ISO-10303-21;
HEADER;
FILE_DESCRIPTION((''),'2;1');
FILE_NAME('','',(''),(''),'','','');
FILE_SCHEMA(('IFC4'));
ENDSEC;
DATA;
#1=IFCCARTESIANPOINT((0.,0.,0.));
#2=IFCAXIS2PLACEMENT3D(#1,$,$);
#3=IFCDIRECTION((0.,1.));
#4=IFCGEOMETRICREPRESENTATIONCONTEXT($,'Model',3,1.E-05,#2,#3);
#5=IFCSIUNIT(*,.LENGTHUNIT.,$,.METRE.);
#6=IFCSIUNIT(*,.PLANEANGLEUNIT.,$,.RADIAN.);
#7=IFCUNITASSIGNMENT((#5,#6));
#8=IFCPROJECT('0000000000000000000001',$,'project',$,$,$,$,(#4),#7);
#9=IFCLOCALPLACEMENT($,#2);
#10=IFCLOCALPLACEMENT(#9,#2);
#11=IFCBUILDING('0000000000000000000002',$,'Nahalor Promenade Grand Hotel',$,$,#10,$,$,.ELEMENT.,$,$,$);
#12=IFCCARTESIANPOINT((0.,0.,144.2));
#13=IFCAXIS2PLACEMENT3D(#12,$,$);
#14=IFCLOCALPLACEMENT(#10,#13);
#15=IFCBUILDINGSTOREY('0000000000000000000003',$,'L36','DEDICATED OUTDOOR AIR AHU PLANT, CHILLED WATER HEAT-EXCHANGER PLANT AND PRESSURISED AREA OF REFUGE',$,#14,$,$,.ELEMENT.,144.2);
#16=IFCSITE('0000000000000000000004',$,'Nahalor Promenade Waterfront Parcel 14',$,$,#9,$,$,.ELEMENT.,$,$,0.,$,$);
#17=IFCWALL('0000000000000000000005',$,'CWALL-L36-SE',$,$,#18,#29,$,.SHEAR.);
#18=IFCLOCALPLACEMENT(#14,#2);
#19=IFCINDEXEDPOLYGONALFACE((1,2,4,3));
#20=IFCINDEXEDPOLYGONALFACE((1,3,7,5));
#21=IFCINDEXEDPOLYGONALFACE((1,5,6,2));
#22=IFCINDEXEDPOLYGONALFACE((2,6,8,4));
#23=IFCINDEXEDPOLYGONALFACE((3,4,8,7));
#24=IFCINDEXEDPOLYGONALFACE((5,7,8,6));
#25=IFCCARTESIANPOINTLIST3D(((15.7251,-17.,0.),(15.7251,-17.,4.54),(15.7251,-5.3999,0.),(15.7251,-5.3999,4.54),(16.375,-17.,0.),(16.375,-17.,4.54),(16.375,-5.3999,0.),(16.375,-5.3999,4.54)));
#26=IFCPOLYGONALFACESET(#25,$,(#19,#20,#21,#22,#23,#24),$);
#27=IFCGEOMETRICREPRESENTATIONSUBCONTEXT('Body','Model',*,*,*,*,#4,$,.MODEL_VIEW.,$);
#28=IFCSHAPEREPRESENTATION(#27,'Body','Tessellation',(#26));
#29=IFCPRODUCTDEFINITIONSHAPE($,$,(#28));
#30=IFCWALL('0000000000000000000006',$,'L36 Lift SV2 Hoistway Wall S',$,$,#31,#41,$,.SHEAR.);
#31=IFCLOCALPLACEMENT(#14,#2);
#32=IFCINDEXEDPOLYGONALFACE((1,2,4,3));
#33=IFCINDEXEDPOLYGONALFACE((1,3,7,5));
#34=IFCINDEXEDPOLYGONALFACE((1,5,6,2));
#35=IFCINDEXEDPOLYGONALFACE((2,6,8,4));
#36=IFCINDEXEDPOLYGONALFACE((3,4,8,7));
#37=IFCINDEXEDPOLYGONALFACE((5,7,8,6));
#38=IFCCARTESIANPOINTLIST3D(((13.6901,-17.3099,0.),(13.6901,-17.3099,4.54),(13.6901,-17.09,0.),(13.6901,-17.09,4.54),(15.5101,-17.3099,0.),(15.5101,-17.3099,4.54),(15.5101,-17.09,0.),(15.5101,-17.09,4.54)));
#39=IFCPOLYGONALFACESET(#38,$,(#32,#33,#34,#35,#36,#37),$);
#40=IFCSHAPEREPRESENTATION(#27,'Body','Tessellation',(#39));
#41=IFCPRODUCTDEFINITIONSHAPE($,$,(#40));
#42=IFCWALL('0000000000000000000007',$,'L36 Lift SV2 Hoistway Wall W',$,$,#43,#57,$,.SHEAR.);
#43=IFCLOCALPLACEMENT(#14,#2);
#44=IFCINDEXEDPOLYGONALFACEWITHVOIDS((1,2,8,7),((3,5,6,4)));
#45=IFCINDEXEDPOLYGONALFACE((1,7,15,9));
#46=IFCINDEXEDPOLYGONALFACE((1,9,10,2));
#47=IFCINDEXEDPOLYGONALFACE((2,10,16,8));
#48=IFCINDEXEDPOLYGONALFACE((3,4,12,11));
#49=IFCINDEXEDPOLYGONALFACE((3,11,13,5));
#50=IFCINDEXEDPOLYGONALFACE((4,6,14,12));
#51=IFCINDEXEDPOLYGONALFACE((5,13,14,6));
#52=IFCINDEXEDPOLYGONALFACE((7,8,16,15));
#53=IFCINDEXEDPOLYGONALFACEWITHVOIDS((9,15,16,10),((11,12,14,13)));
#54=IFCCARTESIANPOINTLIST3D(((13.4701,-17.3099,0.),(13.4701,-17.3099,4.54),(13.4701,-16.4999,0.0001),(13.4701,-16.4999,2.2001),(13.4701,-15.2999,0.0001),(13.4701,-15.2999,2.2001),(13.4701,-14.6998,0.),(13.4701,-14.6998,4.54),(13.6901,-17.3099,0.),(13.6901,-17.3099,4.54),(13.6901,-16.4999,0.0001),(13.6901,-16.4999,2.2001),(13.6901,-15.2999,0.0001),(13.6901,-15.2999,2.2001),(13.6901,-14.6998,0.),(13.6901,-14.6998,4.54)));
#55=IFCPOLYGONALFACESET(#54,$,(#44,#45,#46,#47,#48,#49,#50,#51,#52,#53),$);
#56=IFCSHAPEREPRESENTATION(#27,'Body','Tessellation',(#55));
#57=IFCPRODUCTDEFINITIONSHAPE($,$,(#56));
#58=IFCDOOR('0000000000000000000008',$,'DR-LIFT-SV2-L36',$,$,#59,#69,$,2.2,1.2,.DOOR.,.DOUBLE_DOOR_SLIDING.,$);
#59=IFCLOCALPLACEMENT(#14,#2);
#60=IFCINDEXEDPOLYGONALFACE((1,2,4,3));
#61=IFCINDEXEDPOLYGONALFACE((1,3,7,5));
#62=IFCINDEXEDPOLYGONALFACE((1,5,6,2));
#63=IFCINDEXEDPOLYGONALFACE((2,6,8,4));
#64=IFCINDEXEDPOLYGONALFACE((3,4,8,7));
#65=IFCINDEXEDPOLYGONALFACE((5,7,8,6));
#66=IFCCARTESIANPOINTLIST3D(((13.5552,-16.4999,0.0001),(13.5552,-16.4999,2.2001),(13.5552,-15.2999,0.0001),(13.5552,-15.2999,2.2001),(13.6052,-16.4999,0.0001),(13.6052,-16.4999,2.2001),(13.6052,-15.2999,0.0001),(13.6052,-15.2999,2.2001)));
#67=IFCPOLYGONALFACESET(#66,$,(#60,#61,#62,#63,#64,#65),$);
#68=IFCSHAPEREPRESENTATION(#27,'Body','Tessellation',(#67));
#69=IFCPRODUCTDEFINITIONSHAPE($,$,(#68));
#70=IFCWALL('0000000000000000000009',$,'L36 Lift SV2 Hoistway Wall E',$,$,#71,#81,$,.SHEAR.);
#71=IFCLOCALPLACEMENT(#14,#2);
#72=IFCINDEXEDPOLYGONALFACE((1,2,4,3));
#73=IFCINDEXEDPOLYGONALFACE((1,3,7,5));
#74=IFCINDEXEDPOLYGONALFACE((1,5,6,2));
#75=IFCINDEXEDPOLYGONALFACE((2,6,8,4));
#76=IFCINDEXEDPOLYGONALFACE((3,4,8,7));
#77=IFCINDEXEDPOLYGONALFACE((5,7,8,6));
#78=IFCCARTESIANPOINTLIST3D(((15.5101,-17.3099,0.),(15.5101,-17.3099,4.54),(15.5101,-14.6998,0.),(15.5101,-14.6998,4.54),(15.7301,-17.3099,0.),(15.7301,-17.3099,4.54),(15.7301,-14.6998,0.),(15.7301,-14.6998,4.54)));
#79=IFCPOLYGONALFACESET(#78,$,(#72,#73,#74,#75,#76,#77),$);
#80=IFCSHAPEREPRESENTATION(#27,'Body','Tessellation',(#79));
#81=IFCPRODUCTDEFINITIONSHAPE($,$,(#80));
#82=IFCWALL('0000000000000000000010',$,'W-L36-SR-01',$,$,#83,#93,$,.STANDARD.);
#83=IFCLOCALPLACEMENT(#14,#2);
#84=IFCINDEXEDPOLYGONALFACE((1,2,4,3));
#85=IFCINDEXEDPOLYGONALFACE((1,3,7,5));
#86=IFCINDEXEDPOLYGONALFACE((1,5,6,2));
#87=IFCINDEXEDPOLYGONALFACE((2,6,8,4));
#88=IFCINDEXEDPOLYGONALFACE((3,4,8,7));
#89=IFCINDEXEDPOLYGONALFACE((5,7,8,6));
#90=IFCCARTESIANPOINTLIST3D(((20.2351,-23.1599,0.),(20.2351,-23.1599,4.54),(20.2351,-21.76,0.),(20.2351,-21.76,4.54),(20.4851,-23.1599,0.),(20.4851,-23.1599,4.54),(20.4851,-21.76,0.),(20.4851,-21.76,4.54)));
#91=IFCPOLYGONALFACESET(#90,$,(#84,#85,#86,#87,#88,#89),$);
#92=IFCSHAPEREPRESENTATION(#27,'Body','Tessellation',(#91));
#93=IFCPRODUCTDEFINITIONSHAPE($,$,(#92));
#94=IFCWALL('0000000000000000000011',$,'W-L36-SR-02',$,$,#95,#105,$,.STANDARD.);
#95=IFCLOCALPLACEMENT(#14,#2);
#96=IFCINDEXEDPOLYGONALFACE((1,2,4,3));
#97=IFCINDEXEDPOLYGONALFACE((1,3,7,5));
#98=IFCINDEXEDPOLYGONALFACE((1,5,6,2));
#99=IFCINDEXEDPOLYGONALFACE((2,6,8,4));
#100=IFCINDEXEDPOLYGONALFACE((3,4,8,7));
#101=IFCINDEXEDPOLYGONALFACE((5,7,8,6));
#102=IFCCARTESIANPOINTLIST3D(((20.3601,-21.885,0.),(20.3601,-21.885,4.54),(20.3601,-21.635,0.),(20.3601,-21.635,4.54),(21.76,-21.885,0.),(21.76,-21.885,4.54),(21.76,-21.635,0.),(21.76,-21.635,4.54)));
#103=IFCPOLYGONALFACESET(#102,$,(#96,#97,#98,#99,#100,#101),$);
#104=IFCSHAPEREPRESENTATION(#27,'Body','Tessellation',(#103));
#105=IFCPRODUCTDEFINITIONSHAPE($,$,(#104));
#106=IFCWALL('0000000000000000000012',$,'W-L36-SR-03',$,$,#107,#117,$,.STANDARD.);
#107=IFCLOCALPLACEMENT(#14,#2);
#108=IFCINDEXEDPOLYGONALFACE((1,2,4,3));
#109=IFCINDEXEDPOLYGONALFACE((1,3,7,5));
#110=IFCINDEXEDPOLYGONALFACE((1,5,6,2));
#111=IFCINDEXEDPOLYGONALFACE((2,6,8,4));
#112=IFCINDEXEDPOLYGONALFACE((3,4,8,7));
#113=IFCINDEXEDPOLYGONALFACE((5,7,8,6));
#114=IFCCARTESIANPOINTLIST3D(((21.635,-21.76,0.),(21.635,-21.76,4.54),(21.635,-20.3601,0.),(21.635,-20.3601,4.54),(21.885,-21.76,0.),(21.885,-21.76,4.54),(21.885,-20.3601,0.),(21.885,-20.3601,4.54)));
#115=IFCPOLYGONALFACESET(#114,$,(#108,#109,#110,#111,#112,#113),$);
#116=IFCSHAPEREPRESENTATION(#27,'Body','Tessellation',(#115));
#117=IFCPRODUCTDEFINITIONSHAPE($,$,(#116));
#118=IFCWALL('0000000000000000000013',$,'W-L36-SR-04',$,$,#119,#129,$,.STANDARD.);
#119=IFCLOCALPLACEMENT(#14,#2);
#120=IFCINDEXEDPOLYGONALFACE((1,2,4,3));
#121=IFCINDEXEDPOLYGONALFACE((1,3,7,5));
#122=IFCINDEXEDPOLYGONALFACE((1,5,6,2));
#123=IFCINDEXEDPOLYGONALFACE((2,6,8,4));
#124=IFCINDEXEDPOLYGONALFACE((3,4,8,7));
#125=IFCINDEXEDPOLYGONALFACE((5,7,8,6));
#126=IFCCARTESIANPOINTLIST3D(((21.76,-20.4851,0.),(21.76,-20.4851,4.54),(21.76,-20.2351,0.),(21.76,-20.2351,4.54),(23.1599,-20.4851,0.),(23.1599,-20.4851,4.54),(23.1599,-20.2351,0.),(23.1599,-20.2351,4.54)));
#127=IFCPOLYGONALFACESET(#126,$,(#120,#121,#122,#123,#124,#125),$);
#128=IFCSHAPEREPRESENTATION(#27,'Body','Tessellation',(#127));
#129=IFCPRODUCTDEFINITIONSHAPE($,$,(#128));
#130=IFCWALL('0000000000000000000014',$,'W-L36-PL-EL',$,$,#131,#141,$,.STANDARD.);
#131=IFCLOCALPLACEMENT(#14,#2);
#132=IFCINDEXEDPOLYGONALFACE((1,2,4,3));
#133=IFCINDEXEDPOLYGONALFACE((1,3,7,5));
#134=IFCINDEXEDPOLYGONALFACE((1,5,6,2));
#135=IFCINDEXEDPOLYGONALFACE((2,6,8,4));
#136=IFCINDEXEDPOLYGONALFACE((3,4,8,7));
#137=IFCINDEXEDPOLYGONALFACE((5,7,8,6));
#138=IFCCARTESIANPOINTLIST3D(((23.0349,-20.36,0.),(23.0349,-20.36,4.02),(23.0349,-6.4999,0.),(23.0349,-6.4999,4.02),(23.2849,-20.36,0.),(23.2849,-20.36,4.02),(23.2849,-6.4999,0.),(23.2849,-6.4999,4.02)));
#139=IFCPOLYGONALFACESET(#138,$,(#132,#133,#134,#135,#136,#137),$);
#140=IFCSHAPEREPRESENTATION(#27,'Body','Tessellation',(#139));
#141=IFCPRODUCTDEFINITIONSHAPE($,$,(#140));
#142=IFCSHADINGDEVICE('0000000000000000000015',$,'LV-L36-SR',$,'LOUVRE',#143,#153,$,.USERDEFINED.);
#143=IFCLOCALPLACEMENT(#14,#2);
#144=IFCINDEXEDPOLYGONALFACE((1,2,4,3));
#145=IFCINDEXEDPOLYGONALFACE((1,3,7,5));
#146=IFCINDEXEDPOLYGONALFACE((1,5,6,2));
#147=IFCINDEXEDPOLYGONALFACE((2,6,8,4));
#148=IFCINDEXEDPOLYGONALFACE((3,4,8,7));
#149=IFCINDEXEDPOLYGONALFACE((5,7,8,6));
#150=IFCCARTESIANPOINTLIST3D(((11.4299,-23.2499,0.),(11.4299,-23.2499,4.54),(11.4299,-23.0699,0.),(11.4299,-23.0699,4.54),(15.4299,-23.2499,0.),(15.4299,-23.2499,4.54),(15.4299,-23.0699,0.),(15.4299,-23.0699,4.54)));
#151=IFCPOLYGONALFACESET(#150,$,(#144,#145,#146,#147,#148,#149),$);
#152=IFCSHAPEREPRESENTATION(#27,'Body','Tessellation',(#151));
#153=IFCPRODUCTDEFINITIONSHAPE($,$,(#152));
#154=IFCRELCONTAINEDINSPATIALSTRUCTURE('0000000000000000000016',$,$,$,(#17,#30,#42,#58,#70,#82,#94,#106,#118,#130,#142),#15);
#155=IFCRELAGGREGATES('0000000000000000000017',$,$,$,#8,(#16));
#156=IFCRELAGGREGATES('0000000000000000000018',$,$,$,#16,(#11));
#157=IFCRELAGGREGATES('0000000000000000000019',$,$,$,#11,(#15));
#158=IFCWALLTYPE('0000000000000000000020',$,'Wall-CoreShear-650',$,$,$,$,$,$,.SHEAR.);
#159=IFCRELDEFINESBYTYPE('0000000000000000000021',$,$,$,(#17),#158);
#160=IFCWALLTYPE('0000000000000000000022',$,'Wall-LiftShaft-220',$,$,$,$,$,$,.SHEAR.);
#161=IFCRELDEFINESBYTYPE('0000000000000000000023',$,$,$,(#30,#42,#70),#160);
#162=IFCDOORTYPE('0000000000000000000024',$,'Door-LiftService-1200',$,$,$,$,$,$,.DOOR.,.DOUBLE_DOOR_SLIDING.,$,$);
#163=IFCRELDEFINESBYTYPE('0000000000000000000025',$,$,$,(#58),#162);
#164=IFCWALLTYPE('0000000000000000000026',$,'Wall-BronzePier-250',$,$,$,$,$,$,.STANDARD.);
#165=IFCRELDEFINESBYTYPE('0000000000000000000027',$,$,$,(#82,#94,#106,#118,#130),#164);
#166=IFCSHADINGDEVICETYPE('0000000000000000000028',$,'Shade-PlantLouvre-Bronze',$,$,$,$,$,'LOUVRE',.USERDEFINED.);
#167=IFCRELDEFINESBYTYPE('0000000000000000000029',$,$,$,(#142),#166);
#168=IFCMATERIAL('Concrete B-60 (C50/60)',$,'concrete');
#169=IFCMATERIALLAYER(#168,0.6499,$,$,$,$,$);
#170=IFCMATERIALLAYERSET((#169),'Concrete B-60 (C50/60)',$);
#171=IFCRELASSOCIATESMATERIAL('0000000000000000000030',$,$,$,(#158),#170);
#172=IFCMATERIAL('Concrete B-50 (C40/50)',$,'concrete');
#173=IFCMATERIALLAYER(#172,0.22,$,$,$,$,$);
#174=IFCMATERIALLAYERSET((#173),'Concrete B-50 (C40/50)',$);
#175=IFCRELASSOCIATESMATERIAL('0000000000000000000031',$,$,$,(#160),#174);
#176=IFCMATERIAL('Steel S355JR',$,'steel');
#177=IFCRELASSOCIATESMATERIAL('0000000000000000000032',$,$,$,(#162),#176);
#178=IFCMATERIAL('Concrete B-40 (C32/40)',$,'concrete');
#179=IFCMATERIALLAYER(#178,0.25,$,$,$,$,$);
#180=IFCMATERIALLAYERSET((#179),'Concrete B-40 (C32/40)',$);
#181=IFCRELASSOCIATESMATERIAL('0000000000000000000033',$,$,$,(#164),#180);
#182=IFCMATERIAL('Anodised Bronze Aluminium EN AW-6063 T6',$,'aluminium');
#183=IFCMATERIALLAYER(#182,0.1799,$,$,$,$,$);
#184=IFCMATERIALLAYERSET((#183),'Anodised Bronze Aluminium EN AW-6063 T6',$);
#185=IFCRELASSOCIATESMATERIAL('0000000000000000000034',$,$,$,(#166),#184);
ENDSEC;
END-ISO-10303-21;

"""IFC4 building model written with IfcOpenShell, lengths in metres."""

from ifc_helpers import new_model, si_unit, direction, frame, frame_2d, origin, origin_2d, place, context, subcontext, project, spatial, rectangle, extrude, source, transform, mapped, material, layer, layer_set, type_object, element, fill, save


model = new_model("IFC4")

# Units and contexts
model_context = context("Model", 3, precision=1e-05, world=origin(), true_north=direction((0.0, 1.0)))
body_context = subcontext(model_context, "Body", "Model", "MODEL_VIEW")
ifc_project = project(units=[si_unit("LENGTHUNIT", "METRE"), si_unit("PLANEANGLEUNIT", "RADIAN")], contexts=[model_context])

# Site, building, storey
site_placement = place(None, origin())
site = spatial("IfcSite", under=ifc_project, at=site_placement, Name="Nahalor Promenade Waterfront Parcel 14", CompositionType="ELEMENT", RefElevation=0.0)
building_placement = place(site_placement, origin())
building = spatial("IfcBuilding", under=site, at=building_placement, Name="Nahalor Promenade Grand Hotel", CompositionType="ELEMENT")
storey_placement = place(building_placement, frame((0.0, 0.0, 144.2)))
storey = spatial("IfcBuildingStorey", under=building, at=storey_placement, Name="L36", Description="DEDICATED OUTDOOR AIR AHU PLANT, CHILLED WATER HEAT-EXCHANGER PLANT AND PRESSURISED AREA OF REFUGE", CompositionType="ELEMENT", Elevation=144.2)

# Shared definitions
ifc_material_1 = material(Name="Concrete B-60 (C50/60)", Category="concrete")

# Shared definitions
ifc_material_2 = material(Name="Steel S355JR", Category="steel")

# Walls
ifc_layer_1 = layer(ifc_material_1, 0.6499)
ifc_layer_set_1 = layer_set([ifc_layer_1], Name="Concrete B-60 (C50/60)")
wall_type_1 = type_object("IfcWallType", Name="Wall-CoreShear-650", PredefinedType="SHEAR", material=ifc_layer_set_1)
shared_shape_1 = source(origin(), body_context, "Body", "SweptSolid", [
    extrude(rectangle(XDim=11.6001, YDim=0.6499, at=frame_2d((5.8, 0.0))), origin(), (0.0, 0.0, 1.0), 4.54),
])
wall_1_placement = place(storey_placement, frame((16.05, -17.0, 0.0), z_axis=(0.0, 0.0, 1.0), x_axis=(0.0, 1.0, 0.0)))
element("IfcWall", 1, at=wall_1_placement, inside=storey, type_object=wall_type_1, Name="CWALL-L36-SE", PredefinedType="SHEAR", context=body_context, shape_type="MappedRepresentation", body=[
    mapped(shared_shape_1, transform((0.0, 0.0, 0.0), scale=1.0)),
])
ifc_material_3 = material(Name="Concrete B-50 (C40/50)", Category="concrete")
ifc_layer_2 = layer(ifc_material_3, 0.22)
ifc_layer_set_2 = layer_set([ifc_layer_2], Name="Concrete B-50 (C40/50)")
wall_type_2 = type_object("IfcWallType", Name="Wall-LiftShaft-220", PredefinedType="SHEAR", material=ifc_layer_set_2)
shared_shape_2 = source(origin(), body_context, "Body", "SweptSolid", [
    extrude(rectangle(XDim=1.8201, YDim=0.22, at=frame_2d((0.9102, 0.0))), origin(), (0.0, 0.0, 1.0), 4.54),
])
wall_2_placement = place(storey_placement, frame((13.6899, -17.2, 0.0), z_axis=(0.0, 0.0, 1.0), x_axis=(1.0, 0.0, 0.0)))
element("IfcWall", 2, at=wall_2_placement, inside=storey, type_object=wall_type_2, Name="L36 Lift SV2 Hoistway Wall S", PredefinedType="SHEAR", context=body_context, shape_type="MappedRepresentation", body=[
    mapped(shared_shape_2, transform((0.0, 0.0, 0.0), scale=1.0)),
])

# Wall, opening, door
shared_shape_3 = source(origin(), body_context, "Body", "SweptSolid", [
    extrude(rectangle(XDim=2.6101, YDim=0.22, at=frame_2d((1.3052, 0.0))), origin(), (0.0, 0.0, 1.0), 4.54),
])
wall_3_placement = place(storey_placement, frame((13.5801, -17.3101, 0.0), z_axis=(0.0, 0.0, 1.0), x_axis=(0.0, 1.0, 0.0)))
wall_3 = element("IfcWall", 3, at=wall_3_placement, inside=storey, type_object=wall_type_2, Name="L36 Lift SV2 Hoistway Wall W", PredefinedType="SHEAR", context=body_context, shape_type="MappedRepresentation", body=[
    mapped(shared_shape_3, transform((0.0, 0.0, 0.0), scale=1.0)),
])
opening_placement = place(wall_3_placement, frame((0.8101, 0.0, 0.0)))
opening = element("IfcOpeningElement", 4, at=opening_placement, cuts=wall_3, PredefinedType="OPENING", context=body_context, shape_type="SweptSolid", body=[
    extrude(rectangle(XDim=1.2, YDim=2.2, at=frame_2d((0.6001, 1.1001))), frame((0.0, 0.1199, 0.0), z_axis=(0.0, -1.0, 0.0), x_axis=(1.0, 0.0, 0.0)), (0.0, 0.0, 1.0), 0.24),
])
door_type = type_object("IfcDoorType", Name="Door-LiftService-1200", OperationType="DOUBLE_DOOR_SLIDING", PredefinedType="DOOR", material=ifc_material_2)
shared_shape_4 = source(origin(), body_context, "Body", "SweptSolid", [
    extrude(rectangle(XDim=1.2, YDim=2.2, at=frame_2d((0.6001, 1.1001))), frame((0.0, 0.0249, 0.0), z_axis=(0.0, -1.0, 0.0), x_axis=(1.0, 0.0, 0.0)), (0.0, 0.0, 1.0), 0.05),
])
door_placement = place(opening_placement, origin())
door = element("IfcDoor", 5, at=door_placement, inside=storey, type_object=door_type, Name="DR-LIFT-SV2-L36", OperationType="DOUBLE_DOOR_SLIDING", OverallHeight=2.2, OverallWidth=1.2, PredefinedType="DOOR", context=body_context, shape_type="MappedRepresentation", body=[
    mapped(shared_shape_4, transform((0.0, 0.0, 0.0), scale=1.0)),
])
fill(opening, door)

# Walls
wall_4_placement = place(storey_placement, frame((15.6201, -17.3101, 0.0), z_axis=(0.0, 0.0, 1.0), x_axis=(0.0, 1.0, 0.0)))
element("IfcWall", 6, at=wall_4_placement, inside=storey, type_object=wall_type_2, Name="L36 Lift SV2 Hoistway Wall E", PredefinedType="SHEAR", context=body_context, shape_type="MappedRepresentation", body=[
    mapped(shared_shape_3, transform((0.0, 0.0, 0.0), scale=1.0)),
])
ifc_material_4 = material(Name="Concrete B-40 (C32/40)", Category="concrete")
ifc_layer_3 = layer(ifc_material_4, 0.25)
ifc_layer_set_3 = layer_set([ifc_layer_3], Name="Concrete B-40 (C32/40)")
wall_type_3 = type_object("IfcWallType", Name="Wall-BronzePier-250", PredefinedType="STANDARD", material=ifc_layer_set_3)
shared_shape_5 = source(origin(), body_context, "Body", "SweptSolid", [
    extrude(rectangle(XDim=1.3999, YDim=0.25, at=frame_2d((0.7, 0.0))), origin(), (0.0, 0.0, 1.0), 4.54),
])
for number, where, z_axis, x_axis, name in (
    (7, (20.3601, -23.1599, 0.0), (0.0, 0.0, 1.0), (0.0, 1.0, 0.0), "W-L36-SR-01"),
    (8, (20.3601, -21.76, 0.0), (0.0, 0.0, 1.0), (1.0, 0.0, 0.0), "W-L36-SR-02"),
    (9, (21.76, -21.76, 0.0), (0.0, 0.0, 1.0), (0.0, 1.0, 0.0), "W-L36-SR-03"),
    (10, (21.76, -20.3601, 0.0), (0.0, 0.0, 1.0), (1.0, 0.0, 0.0), "W-L36-SR-04"),
):
    element("IfcWall", number, at=place(storey_placement, frame(where, z_axis=z_axis, x_axis=x_axis)), inside=storey, type_object=wall_type_3, Name=name, PredefinedType="STANDARD", context=body_context, shape_type="MappedRepresentation", body=[
        mapped(shared_shape_5, transform((0.0, 0.0, 0.0), scale=1.0)),
    ])
shared_shape_6 = source(origin(), body_context, "Body", "SweptSolid", [
    extrude(rectangle(XDim=13.8601, YDim=0.25, at=frame_2d((6.9302, 0.0))), origin(), (0.0, 0.0, 1.0), 4.02),
])
wall_5_placement = place(storey_placement, frame((23.1599, -20.3601, 0.0), z_axis=(0.0, 0.0, 1.0), x_axis=(0.0, 1.0, 0.0)))
element("IfcWall", 11, at=wall_5_placement, inside=storey, type_object=wall_type_3, Name="W-L36-PL-EL", PredefinedType="STANDARD", context=body_context, shape_type="MappedRepresentation", body=[
    mapped(shared_shape_6, transform((0.0, 0.0, 0.0), scale=1.0)),
])

# Shading device
ifc_material_5 = material(Name="Anodised Bronze Aluminium EN AW-6063 T6", Category="aluminium")
ifc_layer_4 = layer(ifc_material_5, 0.1799)
ifc_layer_set_4 = layer_set([ifc_layer_4], Name="Anodised Bronze Aluminium EN AW-6063 T6")
shading_device_type = type_object("IfcShadingDeviceType", Name="Shade-PlantLouvre-Bronze", ElementType="LOUVRE", PredefinedType="USERDEFINED", material=ifc_layer_set_4)
shared_shape_7 = source(origin(), body_context, "Body", "SweptSolid", [
    extrude(rectangle(XDim=4.0, YDim=0.1799, at=origin_2d()), origin(), (0.0, 0.0, 1.0), 4.54),
])
shading_device_placement = place(storey_placement, frame((13.4299, -23.1599, 0.0), z_axis=(0.0, 0.0, 1.0), x_axis=(1.0, 0.0, 0.0)))
element("IfcShadingDevice", 12, at=shading_device_placement, inside=storey, type_object=shading_device_type, Name="LV-L36-SR", ObjectType="LOUVRE", PredefinedType="USERDEFINED", context=body_context, shape_type="MappedRepresentation", body=[
    mapped(shared_shape_7, transform((0.0, 0.0, 0.0), scale=1.0)),
])

save(model, "model.ifc")
